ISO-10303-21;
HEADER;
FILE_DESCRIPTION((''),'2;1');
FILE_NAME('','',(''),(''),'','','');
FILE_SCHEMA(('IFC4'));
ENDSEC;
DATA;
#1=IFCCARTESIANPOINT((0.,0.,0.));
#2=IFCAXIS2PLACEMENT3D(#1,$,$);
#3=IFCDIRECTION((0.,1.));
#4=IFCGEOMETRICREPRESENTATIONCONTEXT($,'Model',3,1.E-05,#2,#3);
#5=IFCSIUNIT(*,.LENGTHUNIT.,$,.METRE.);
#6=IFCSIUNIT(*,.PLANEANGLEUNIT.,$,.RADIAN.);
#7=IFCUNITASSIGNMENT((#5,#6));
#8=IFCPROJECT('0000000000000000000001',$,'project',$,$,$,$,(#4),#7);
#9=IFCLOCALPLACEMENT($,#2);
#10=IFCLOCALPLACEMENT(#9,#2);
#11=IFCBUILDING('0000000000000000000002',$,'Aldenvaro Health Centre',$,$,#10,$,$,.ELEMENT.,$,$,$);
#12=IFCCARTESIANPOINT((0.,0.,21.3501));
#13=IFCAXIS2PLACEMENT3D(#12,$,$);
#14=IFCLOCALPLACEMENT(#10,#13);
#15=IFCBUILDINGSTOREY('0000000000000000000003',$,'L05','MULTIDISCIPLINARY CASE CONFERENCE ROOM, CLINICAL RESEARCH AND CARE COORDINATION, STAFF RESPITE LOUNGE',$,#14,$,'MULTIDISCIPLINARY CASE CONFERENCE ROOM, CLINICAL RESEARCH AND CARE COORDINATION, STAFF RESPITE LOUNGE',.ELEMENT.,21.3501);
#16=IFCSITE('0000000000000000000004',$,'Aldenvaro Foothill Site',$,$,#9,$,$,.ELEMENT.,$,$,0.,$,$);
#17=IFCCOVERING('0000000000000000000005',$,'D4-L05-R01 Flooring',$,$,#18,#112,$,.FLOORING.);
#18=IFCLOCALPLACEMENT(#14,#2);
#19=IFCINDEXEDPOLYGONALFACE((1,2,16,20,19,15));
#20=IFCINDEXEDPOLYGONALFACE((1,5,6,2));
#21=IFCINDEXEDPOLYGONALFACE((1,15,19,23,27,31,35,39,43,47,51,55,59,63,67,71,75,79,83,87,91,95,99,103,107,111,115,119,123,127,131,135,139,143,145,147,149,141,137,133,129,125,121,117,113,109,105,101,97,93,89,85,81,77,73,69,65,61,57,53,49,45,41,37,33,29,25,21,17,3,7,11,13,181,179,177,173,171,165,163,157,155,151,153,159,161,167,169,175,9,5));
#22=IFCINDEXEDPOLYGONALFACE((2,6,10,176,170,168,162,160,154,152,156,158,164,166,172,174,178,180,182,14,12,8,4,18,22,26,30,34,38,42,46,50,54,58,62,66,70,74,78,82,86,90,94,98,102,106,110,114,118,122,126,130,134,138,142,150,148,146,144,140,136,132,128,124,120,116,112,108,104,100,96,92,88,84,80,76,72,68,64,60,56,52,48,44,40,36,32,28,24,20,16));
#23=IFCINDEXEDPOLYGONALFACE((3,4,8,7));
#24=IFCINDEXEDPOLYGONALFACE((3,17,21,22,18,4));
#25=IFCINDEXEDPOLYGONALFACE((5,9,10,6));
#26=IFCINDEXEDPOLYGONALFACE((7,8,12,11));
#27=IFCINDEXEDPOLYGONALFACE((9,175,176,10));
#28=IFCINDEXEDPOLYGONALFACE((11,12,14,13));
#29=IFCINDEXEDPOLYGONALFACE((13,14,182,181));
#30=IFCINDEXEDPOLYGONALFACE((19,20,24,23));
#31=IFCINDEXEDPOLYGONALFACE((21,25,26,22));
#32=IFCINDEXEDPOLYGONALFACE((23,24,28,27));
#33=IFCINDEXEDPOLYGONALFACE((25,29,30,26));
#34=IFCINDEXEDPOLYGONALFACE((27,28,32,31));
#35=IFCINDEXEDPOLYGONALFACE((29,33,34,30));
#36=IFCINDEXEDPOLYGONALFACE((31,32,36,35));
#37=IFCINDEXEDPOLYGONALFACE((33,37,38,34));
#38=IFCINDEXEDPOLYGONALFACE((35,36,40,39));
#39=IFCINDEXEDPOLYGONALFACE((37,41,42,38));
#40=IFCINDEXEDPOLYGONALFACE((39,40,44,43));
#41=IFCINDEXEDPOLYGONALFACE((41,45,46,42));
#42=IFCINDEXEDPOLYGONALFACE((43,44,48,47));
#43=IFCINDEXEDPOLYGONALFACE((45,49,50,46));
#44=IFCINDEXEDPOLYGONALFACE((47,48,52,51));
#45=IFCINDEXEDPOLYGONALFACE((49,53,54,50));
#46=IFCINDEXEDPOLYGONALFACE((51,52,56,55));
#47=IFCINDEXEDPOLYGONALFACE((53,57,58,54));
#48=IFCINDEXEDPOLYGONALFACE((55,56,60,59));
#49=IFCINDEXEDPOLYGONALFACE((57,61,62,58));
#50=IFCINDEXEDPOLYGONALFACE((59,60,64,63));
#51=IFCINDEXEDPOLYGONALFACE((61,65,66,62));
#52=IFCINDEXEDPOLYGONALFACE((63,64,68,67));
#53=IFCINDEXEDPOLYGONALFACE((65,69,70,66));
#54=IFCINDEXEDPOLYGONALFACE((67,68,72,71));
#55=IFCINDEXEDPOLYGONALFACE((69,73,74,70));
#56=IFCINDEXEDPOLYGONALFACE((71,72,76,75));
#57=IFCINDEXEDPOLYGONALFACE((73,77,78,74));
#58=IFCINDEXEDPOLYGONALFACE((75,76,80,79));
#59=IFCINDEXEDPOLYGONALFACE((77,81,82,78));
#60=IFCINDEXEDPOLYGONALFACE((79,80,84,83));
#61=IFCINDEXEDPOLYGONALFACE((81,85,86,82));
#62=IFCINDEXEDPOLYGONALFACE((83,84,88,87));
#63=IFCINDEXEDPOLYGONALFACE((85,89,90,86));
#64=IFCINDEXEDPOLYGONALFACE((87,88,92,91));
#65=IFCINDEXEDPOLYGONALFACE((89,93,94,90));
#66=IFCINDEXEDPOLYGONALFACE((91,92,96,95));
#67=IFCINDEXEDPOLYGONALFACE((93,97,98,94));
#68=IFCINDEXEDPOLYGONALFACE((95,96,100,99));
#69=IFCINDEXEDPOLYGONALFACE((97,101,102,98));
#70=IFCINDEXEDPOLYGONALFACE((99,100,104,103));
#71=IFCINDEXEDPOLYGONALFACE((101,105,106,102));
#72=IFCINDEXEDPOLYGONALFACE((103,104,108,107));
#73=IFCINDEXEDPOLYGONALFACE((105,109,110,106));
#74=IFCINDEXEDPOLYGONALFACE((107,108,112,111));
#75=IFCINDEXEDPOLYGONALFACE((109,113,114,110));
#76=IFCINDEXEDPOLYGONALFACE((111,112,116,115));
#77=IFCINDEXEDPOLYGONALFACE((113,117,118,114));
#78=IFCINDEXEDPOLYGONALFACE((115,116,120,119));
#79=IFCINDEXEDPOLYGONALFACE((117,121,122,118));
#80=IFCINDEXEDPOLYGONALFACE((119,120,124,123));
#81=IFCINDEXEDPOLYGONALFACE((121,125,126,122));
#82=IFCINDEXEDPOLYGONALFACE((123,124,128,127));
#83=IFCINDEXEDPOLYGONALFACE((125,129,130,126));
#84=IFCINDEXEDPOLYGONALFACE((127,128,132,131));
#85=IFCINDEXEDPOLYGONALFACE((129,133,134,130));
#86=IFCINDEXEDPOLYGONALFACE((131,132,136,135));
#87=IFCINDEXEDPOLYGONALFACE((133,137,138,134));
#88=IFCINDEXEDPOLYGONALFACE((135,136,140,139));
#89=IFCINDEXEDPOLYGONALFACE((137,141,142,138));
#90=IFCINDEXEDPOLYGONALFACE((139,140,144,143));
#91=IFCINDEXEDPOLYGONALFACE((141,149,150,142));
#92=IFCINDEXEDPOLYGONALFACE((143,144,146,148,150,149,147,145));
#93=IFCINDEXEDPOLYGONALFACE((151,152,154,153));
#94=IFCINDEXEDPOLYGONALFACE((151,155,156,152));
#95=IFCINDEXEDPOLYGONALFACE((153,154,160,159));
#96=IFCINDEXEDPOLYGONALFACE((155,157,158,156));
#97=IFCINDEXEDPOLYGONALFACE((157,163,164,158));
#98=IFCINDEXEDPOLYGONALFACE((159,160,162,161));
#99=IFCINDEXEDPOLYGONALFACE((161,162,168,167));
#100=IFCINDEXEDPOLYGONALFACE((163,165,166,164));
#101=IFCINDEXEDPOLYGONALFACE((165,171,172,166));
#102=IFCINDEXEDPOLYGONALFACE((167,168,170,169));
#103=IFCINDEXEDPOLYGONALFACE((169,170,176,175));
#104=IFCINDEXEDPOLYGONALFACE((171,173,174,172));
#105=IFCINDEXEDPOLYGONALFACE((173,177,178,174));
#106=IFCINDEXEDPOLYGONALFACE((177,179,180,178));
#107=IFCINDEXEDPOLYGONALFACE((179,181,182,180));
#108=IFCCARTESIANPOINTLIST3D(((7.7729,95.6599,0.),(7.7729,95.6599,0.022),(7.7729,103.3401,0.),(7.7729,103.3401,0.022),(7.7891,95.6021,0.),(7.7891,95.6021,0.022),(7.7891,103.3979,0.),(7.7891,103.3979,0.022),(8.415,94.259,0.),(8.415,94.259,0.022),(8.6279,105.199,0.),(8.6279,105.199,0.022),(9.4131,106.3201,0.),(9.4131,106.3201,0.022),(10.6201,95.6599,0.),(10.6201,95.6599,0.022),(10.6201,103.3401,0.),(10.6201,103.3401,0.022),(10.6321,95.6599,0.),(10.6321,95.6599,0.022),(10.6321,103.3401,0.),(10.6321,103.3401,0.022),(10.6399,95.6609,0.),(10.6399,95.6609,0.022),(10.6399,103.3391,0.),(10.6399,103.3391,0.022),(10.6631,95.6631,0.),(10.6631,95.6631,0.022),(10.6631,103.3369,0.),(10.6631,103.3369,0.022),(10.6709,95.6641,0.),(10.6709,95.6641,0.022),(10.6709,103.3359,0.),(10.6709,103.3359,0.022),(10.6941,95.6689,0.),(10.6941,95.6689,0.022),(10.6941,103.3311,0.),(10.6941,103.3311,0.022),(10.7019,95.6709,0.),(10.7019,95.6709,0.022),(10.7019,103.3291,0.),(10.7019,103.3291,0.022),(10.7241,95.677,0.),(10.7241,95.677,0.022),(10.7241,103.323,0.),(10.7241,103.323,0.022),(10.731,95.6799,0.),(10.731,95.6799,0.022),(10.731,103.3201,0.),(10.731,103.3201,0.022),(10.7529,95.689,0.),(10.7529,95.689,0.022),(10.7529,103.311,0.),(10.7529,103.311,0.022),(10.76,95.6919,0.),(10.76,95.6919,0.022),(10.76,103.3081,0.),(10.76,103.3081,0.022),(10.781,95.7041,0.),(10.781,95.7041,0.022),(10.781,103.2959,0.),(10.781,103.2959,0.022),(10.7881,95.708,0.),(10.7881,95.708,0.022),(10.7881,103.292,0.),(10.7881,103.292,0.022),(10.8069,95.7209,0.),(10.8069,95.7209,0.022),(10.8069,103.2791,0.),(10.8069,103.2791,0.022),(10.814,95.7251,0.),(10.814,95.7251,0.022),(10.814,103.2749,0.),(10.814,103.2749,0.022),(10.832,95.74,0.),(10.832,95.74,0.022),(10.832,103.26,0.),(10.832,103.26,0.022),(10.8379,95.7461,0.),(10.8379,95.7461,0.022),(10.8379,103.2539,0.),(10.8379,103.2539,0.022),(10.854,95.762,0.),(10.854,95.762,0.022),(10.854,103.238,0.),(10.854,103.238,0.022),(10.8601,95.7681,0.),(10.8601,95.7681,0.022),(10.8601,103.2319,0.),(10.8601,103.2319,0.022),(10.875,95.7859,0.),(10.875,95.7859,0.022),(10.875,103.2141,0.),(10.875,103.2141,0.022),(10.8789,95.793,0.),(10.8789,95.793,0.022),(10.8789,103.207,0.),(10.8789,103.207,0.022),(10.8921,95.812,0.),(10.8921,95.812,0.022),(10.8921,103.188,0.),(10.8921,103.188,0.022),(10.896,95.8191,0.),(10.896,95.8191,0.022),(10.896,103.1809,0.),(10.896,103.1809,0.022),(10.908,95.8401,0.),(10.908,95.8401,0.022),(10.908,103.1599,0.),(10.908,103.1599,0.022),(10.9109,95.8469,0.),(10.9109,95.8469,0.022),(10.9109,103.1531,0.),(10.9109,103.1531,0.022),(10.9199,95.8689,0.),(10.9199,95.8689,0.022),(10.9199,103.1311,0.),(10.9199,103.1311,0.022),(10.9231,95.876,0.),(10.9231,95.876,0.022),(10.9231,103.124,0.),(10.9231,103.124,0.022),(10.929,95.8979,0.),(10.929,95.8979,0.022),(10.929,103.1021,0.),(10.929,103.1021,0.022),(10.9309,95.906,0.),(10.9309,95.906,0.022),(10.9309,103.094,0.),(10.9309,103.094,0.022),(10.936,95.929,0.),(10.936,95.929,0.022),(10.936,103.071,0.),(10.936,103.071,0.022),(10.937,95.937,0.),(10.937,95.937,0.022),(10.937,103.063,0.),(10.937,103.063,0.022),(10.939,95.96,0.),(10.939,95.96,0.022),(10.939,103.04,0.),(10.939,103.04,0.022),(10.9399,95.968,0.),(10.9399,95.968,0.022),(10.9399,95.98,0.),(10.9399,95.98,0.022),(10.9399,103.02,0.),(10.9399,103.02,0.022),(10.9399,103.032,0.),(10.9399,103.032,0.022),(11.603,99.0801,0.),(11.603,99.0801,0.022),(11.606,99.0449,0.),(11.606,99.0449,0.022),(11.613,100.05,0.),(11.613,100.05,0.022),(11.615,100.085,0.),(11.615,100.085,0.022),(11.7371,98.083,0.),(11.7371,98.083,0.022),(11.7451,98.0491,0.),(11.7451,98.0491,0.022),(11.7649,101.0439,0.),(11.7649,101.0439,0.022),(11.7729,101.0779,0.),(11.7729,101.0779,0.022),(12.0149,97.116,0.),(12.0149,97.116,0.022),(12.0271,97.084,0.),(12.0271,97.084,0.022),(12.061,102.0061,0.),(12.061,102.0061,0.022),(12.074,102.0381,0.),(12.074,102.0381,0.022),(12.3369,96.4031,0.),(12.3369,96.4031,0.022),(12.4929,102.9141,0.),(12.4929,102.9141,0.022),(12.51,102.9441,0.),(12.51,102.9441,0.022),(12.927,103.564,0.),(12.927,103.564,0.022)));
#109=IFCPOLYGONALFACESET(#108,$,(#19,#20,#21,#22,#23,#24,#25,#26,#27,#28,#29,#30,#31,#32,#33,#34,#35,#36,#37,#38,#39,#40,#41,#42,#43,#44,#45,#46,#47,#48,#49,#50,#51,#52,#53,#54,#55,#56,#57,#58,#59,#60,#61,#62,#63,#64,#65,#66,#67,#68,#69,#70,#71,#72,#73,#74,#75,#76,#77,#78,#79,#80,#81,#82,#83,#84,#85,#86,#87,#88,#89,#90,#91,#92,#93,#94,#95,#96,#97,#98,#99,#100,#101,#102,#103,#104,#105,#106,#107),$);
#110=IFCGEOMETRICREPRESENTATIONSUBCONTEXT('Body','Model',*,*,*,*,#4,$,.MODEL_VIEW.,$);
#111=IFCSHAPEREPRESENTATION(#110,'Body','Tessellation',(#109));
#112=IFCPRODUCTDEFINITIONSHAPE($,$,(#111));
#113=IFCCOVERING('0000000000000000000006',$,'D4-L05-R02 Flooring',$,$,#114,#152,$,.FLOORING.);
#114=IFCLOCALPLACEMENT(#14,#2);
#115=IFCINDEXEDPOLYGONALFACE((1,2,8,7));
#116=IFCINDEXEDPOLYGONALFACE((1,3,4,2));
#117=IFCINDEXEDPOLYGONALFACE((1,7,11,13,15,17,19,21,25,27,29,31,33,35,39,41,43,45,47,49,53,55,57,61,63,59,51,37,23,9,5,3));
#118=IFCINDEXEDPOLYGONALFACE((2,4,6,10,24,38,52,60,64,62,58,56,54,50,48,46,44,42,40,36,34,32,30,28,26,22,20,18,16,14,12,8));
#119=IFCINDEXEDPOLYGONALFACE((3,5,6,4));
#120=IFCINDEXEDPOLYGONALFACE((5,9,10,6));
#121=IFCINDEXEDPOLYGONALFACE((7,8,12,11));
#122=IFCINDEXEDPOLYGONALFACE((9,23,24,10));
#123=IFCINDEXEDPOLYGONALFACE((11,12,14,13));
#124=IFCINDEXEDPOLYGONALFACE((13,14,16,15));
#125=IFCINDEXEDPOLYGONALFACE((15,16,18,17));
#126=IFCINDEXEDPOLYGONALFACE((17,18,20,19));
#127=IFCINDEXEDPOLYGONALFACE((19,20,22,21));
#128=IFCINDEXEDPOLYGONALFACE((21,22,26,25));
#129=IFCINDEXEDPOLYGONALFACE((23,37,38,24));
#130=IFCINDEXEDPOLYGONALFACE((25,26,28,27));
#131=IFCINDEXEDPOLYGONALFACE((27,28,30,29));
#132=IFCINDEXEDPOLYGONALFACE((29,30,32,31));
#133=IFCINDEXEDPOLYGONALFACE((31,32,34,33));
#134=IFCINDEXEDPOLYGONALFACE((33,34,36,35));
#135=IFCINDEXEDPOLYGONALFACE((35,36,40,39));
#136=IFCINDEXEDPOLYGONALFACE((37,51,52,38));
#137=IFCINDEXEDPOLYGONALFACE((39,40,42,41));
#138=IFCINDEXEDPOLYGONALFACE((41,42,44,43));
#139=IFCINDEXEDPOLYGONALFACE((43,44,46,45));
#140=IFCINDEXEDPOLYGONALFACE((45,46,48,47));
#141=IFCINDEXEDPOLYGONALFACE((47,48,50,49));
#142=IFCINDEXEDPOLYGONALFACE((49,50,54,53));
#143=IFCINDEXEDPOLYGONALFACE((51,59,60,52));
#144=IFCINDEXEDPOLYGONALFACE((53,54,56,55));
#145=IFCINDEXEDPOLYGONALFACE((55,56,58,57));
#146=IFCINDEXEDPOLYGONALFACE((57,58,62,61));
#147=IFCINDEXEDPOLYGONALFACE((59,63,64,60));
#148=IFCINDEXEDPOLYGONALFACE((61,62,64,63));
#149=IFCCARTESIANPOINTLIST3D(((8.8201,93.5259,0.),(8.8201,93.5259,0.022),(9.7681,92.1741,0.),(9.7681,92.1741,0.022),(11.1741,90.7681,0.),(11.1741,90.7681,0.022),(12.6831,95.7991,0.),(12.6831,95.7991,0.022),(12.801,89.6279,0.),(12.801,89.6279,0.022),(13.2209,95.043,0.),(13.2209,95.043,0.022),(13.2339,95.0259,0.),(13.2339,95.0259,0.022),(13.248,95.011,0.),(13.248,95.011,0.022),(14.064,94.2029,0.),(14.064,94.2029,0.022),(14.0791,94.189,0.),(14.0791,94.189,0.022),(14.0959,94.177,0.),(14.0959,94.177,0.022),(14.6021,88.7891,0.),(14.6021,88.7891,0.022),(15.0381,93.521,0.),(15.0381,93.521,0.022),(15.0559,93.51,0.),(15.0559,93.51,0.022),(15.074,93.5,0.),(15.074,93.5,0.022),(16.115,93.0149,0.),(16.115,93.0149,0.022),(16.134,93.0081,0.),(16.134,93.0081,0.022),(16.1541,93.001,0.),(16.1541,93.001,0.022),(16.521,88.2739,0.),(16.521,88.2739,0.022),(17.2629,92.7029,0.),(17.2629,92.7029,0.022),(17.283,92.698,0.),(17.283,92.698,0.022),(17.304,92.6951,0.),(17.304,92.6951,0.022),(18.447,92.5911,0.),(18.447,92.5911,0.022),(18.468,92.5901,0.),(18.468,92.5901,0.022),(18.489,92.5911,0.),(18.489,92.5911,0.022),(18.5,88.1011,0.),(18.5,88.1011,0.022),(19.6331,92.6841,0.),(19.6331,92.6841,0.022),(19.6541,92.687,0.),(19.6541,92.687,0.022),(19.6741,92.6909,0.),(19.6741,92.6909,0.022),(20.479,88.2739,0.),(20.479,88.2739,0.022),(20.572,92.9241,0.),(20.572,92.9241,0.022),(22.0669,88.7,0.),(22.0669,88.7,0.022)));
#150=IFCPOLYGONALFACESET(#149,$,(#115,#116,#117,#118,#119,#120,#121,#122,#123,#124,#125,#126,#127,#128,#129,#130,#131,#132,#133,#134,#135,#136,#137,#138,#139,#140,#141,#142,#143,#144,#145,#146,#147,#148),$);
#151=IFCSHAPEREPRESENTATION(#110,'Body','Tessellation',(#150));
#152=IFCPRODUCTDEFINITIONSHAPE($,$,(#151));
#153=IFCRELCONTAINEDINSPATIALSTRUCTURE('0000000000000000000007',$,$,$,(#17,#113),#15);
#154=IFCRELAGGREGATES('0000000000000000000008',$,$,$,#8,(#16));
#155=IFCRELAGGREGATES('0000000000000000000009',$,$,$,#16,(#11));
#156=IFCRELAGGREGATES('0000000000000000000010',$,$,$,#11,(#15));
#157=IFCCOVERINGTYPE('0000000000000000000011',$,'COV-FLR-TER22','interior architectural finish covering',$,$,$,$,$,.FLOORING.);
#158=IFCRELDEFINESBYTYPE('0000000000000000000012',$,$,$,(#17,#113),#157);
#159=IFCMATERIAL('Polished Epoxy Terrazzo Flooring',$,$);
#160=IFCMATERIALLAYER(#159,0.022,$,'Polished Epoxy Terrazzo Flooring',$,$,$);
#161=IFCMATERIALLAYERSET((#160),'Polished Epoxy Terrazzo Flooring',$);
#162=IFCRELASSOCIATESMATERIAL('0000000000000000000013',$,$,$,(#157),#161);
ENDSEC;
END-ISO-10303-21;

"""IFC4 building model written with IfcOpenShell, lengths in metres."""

from ifc_helpers import new_model, si_unit, direction, frame, origin, place, context, subcontext, project, spatial, polyline, outline, extrude, material, layer, layer_set, type_object, element, save


model = new_model("IFC4")

# Units and contexts
model_context = context("Model", 3, precision=1e-05, world=origin(), true_north=direction((0.0, 1.0)))
body_context = subcontext(model_context, "Body", "Model", "MODEL_VIEW")
ifc_project = project(units=[si_unit("LENGTHUNIT", "METRE"), si_unit("PLANEANGLEUNIT", "RADIAN")], contexts=[model_context])

# Site, building, storey
site_placement = place(None, origin())
site = spatial("IfcSite", under=ifc_project, at=site_placement, Name="Aldenvaro Foothill Site", CompositionType="ELEMENT", RefElevation=0.0)
building_placement = place(site_placement, origin())
building = spatial("IfcBuilding", under=site, at=building_placement, Name="Aldenvaro Health Centre", CompositionType="ELEMENT")
storey_placement = place(building_placement, frame((0.0, 0.0, 21.3501)))
storey = spatial("IfcBuildingStorey", under=building, at=storey_placement, Name="L05", Description="MULTIDISCIPLINARY CASE CONFERENCE ROOM, CLINICAL RESEARCH AND CARE COORDINATION, STAFF RESPITE LOUNGE", LongName="MULTIDISCIPLINARY CASE CONFERENCE ROOM, CLINICAL RESEARCH AND CARE COORDINATION, STAFF RESPITE LOUNGE", CompositionType="ELEMENT", Elevation=21.3501)

# Coverings
ifc_material_1 = material(Name="Polished Epoxy Terrazzo Flooring")
ifc_layer_1 = layer(ifc_material_1, 0.022, Name="Polished Epoxy Terrazzo Flooring")
ifc_layer_set_1 = layer_set([ifc_layer_1], Name="Polished Epoxy Terrazzo Flooring")
covering_type_1 = type_object("IfcCoveringType", Name="COV-FLR-TER22", Description="interior architectural finish covering", PredefinedType="FLOORING", material=ifc_layer_set_1)
covering_1_placement = place(storey_placement, origin())
element("IfcCovering", 1, at=covering_1_placement, inside=storey, type_object=covering_type_1, Name="D4-L05-R01 Flooring", PredefinedType="FLOORING", context=body_context, shape_type="SweptSolid", body=[
    extrude(outline(polyline([(12.51, 102.9441), (12.4929, 102.9141), (12.074, 102.0381), (12.061, 102.0061), (11.7729, 101.0779), (11.7649, 101.0439), (11.615, 100.085), (11.613, 100.05), (11.603, 99.0801), (11.606, 99.0449), (11.7371, 98.083), (11.7451, 98.0491), (12.0149, 97.116), (12.0271, 97.084), (12.3369, 96.4031), (8.415, 94.259), (7.7891, 95.6021), (7.7729, 95.6599), (10.6201, 95.6599), (10.6321, 95.6599), (10.6399, 95.6609), (10.6631, 95.6631), (10.6709, 95.6641), (10.6941, 95.6689), (10.7019, 95.6709), (10.7241, 95.677), (10.731, 95.6799), (10.7529, 95.689), (10.76, 95.6919), (10.781, 95.7041), (10.7881, 95.708), (10.8069, 95.7209), (10.814, 95.7251), (10.832, 95.74), (10.8379, 95.7461), (10.854, 95.762), (10.8601, 95.7681), (10.875, 95.7859), (10.8789, 95.793), (10.8921, 95.812), (10.896, 95.8191), (10.908, 95.8401), (10.9109, 95.8469), (10.9199, 95.8689), (10.9231, 95.876), (10.929, 95.8979), (10.9309, 95.906), (10.936, 95.929), (10.937, 95.937), (10.939, 95.96), (10.9399, 95.968), (10.9399, 95.98), (10.9399, 103.02), (10.9399, 103.032), (10.939, 103.04), (10.937, 103.063), (10.936, 103.071), (10.9309, 103.094), (10.929, 103.1021), (10.9231, 103.124), (10.9199, 103.1311), (10.9109, 103.1531), (10.908, 103.1599), (10.896, 103.1809), (10.8921, 103.188), (10.8789, 103.207), (10.875, 103.2141), (10.8601, 103.2319), (10.854, 103.238), (10.8379, 103.2539), (10.832, 103.26), (10.814, 103.2749), (10.8069, 103.2791), (10.7881, 103.292), (10.781, 103.2959), (10.76, 103.3081), (10.7529, 103.311), (10.731, 103.3201), (10.7241, 103.323), (10.7019, 103.3291), (10.6941, 103.3311), (10.6709, 103.3359), (10.6631, 103.3369), (10.6399, 103.3391), (10.6321, 103.3401), (10.6201, 103.3401), (7.7729, 103.3401), (7.7891, 103.3979), (8.6279, 105.199), (9.4131, 106.3201), (12.927, 103.564), (12.51, 102.9441)])), origin(), (0.0, 0.0, 1.0), 0.022),
])
covering_2_placement = place(storey_placement, origin())
element("IfcCovering", 2, at=covering_2_placement, inside=storey, type_object=covering_type_1, Name="D4-L05-R02 Flooring", PredefinedType="FLOORING", context=body_context, shape_type="SweptSolid", body=[
    extrude(outline(polyline([(13.2209, 95.043), (13.2339, 95.0259), (13.248, 95.011), (14.064, 94.2029), (14.0791, 94.189), (14.0959, 94.177), (15.0381, 93.521), (15.0559, 93.51), (15.074, 93.5), (16.115, 93.0149), (16.134, 93.0081), (16.1541, 93.001), (17.2629, 92.7029), (17.283, 92.698), (17.304, 92.6951), (18.447, 92.5911), (18.468, 92.5901), (18.489, 92.5911), (19.6331, 92.6841), (19.6541, 92.687), (19.6741, 92.6909), (20.572, 92.9241), (22.0669, 88.7), (20.479, 88.2739), (18.5, 88.1011), (16.521, 88.2739), (14.6021, 88.7891), (12.801, 89.6279), (11.1741, 90.7681), (9.7681, 92.1741), (8.8201, 93.5259), (12.6831, 95.7991), (13.2209, 95.043)])), origin(), (0.0, 0.0, 1.0), 0.022),
])

save(model, "model.ifc")
